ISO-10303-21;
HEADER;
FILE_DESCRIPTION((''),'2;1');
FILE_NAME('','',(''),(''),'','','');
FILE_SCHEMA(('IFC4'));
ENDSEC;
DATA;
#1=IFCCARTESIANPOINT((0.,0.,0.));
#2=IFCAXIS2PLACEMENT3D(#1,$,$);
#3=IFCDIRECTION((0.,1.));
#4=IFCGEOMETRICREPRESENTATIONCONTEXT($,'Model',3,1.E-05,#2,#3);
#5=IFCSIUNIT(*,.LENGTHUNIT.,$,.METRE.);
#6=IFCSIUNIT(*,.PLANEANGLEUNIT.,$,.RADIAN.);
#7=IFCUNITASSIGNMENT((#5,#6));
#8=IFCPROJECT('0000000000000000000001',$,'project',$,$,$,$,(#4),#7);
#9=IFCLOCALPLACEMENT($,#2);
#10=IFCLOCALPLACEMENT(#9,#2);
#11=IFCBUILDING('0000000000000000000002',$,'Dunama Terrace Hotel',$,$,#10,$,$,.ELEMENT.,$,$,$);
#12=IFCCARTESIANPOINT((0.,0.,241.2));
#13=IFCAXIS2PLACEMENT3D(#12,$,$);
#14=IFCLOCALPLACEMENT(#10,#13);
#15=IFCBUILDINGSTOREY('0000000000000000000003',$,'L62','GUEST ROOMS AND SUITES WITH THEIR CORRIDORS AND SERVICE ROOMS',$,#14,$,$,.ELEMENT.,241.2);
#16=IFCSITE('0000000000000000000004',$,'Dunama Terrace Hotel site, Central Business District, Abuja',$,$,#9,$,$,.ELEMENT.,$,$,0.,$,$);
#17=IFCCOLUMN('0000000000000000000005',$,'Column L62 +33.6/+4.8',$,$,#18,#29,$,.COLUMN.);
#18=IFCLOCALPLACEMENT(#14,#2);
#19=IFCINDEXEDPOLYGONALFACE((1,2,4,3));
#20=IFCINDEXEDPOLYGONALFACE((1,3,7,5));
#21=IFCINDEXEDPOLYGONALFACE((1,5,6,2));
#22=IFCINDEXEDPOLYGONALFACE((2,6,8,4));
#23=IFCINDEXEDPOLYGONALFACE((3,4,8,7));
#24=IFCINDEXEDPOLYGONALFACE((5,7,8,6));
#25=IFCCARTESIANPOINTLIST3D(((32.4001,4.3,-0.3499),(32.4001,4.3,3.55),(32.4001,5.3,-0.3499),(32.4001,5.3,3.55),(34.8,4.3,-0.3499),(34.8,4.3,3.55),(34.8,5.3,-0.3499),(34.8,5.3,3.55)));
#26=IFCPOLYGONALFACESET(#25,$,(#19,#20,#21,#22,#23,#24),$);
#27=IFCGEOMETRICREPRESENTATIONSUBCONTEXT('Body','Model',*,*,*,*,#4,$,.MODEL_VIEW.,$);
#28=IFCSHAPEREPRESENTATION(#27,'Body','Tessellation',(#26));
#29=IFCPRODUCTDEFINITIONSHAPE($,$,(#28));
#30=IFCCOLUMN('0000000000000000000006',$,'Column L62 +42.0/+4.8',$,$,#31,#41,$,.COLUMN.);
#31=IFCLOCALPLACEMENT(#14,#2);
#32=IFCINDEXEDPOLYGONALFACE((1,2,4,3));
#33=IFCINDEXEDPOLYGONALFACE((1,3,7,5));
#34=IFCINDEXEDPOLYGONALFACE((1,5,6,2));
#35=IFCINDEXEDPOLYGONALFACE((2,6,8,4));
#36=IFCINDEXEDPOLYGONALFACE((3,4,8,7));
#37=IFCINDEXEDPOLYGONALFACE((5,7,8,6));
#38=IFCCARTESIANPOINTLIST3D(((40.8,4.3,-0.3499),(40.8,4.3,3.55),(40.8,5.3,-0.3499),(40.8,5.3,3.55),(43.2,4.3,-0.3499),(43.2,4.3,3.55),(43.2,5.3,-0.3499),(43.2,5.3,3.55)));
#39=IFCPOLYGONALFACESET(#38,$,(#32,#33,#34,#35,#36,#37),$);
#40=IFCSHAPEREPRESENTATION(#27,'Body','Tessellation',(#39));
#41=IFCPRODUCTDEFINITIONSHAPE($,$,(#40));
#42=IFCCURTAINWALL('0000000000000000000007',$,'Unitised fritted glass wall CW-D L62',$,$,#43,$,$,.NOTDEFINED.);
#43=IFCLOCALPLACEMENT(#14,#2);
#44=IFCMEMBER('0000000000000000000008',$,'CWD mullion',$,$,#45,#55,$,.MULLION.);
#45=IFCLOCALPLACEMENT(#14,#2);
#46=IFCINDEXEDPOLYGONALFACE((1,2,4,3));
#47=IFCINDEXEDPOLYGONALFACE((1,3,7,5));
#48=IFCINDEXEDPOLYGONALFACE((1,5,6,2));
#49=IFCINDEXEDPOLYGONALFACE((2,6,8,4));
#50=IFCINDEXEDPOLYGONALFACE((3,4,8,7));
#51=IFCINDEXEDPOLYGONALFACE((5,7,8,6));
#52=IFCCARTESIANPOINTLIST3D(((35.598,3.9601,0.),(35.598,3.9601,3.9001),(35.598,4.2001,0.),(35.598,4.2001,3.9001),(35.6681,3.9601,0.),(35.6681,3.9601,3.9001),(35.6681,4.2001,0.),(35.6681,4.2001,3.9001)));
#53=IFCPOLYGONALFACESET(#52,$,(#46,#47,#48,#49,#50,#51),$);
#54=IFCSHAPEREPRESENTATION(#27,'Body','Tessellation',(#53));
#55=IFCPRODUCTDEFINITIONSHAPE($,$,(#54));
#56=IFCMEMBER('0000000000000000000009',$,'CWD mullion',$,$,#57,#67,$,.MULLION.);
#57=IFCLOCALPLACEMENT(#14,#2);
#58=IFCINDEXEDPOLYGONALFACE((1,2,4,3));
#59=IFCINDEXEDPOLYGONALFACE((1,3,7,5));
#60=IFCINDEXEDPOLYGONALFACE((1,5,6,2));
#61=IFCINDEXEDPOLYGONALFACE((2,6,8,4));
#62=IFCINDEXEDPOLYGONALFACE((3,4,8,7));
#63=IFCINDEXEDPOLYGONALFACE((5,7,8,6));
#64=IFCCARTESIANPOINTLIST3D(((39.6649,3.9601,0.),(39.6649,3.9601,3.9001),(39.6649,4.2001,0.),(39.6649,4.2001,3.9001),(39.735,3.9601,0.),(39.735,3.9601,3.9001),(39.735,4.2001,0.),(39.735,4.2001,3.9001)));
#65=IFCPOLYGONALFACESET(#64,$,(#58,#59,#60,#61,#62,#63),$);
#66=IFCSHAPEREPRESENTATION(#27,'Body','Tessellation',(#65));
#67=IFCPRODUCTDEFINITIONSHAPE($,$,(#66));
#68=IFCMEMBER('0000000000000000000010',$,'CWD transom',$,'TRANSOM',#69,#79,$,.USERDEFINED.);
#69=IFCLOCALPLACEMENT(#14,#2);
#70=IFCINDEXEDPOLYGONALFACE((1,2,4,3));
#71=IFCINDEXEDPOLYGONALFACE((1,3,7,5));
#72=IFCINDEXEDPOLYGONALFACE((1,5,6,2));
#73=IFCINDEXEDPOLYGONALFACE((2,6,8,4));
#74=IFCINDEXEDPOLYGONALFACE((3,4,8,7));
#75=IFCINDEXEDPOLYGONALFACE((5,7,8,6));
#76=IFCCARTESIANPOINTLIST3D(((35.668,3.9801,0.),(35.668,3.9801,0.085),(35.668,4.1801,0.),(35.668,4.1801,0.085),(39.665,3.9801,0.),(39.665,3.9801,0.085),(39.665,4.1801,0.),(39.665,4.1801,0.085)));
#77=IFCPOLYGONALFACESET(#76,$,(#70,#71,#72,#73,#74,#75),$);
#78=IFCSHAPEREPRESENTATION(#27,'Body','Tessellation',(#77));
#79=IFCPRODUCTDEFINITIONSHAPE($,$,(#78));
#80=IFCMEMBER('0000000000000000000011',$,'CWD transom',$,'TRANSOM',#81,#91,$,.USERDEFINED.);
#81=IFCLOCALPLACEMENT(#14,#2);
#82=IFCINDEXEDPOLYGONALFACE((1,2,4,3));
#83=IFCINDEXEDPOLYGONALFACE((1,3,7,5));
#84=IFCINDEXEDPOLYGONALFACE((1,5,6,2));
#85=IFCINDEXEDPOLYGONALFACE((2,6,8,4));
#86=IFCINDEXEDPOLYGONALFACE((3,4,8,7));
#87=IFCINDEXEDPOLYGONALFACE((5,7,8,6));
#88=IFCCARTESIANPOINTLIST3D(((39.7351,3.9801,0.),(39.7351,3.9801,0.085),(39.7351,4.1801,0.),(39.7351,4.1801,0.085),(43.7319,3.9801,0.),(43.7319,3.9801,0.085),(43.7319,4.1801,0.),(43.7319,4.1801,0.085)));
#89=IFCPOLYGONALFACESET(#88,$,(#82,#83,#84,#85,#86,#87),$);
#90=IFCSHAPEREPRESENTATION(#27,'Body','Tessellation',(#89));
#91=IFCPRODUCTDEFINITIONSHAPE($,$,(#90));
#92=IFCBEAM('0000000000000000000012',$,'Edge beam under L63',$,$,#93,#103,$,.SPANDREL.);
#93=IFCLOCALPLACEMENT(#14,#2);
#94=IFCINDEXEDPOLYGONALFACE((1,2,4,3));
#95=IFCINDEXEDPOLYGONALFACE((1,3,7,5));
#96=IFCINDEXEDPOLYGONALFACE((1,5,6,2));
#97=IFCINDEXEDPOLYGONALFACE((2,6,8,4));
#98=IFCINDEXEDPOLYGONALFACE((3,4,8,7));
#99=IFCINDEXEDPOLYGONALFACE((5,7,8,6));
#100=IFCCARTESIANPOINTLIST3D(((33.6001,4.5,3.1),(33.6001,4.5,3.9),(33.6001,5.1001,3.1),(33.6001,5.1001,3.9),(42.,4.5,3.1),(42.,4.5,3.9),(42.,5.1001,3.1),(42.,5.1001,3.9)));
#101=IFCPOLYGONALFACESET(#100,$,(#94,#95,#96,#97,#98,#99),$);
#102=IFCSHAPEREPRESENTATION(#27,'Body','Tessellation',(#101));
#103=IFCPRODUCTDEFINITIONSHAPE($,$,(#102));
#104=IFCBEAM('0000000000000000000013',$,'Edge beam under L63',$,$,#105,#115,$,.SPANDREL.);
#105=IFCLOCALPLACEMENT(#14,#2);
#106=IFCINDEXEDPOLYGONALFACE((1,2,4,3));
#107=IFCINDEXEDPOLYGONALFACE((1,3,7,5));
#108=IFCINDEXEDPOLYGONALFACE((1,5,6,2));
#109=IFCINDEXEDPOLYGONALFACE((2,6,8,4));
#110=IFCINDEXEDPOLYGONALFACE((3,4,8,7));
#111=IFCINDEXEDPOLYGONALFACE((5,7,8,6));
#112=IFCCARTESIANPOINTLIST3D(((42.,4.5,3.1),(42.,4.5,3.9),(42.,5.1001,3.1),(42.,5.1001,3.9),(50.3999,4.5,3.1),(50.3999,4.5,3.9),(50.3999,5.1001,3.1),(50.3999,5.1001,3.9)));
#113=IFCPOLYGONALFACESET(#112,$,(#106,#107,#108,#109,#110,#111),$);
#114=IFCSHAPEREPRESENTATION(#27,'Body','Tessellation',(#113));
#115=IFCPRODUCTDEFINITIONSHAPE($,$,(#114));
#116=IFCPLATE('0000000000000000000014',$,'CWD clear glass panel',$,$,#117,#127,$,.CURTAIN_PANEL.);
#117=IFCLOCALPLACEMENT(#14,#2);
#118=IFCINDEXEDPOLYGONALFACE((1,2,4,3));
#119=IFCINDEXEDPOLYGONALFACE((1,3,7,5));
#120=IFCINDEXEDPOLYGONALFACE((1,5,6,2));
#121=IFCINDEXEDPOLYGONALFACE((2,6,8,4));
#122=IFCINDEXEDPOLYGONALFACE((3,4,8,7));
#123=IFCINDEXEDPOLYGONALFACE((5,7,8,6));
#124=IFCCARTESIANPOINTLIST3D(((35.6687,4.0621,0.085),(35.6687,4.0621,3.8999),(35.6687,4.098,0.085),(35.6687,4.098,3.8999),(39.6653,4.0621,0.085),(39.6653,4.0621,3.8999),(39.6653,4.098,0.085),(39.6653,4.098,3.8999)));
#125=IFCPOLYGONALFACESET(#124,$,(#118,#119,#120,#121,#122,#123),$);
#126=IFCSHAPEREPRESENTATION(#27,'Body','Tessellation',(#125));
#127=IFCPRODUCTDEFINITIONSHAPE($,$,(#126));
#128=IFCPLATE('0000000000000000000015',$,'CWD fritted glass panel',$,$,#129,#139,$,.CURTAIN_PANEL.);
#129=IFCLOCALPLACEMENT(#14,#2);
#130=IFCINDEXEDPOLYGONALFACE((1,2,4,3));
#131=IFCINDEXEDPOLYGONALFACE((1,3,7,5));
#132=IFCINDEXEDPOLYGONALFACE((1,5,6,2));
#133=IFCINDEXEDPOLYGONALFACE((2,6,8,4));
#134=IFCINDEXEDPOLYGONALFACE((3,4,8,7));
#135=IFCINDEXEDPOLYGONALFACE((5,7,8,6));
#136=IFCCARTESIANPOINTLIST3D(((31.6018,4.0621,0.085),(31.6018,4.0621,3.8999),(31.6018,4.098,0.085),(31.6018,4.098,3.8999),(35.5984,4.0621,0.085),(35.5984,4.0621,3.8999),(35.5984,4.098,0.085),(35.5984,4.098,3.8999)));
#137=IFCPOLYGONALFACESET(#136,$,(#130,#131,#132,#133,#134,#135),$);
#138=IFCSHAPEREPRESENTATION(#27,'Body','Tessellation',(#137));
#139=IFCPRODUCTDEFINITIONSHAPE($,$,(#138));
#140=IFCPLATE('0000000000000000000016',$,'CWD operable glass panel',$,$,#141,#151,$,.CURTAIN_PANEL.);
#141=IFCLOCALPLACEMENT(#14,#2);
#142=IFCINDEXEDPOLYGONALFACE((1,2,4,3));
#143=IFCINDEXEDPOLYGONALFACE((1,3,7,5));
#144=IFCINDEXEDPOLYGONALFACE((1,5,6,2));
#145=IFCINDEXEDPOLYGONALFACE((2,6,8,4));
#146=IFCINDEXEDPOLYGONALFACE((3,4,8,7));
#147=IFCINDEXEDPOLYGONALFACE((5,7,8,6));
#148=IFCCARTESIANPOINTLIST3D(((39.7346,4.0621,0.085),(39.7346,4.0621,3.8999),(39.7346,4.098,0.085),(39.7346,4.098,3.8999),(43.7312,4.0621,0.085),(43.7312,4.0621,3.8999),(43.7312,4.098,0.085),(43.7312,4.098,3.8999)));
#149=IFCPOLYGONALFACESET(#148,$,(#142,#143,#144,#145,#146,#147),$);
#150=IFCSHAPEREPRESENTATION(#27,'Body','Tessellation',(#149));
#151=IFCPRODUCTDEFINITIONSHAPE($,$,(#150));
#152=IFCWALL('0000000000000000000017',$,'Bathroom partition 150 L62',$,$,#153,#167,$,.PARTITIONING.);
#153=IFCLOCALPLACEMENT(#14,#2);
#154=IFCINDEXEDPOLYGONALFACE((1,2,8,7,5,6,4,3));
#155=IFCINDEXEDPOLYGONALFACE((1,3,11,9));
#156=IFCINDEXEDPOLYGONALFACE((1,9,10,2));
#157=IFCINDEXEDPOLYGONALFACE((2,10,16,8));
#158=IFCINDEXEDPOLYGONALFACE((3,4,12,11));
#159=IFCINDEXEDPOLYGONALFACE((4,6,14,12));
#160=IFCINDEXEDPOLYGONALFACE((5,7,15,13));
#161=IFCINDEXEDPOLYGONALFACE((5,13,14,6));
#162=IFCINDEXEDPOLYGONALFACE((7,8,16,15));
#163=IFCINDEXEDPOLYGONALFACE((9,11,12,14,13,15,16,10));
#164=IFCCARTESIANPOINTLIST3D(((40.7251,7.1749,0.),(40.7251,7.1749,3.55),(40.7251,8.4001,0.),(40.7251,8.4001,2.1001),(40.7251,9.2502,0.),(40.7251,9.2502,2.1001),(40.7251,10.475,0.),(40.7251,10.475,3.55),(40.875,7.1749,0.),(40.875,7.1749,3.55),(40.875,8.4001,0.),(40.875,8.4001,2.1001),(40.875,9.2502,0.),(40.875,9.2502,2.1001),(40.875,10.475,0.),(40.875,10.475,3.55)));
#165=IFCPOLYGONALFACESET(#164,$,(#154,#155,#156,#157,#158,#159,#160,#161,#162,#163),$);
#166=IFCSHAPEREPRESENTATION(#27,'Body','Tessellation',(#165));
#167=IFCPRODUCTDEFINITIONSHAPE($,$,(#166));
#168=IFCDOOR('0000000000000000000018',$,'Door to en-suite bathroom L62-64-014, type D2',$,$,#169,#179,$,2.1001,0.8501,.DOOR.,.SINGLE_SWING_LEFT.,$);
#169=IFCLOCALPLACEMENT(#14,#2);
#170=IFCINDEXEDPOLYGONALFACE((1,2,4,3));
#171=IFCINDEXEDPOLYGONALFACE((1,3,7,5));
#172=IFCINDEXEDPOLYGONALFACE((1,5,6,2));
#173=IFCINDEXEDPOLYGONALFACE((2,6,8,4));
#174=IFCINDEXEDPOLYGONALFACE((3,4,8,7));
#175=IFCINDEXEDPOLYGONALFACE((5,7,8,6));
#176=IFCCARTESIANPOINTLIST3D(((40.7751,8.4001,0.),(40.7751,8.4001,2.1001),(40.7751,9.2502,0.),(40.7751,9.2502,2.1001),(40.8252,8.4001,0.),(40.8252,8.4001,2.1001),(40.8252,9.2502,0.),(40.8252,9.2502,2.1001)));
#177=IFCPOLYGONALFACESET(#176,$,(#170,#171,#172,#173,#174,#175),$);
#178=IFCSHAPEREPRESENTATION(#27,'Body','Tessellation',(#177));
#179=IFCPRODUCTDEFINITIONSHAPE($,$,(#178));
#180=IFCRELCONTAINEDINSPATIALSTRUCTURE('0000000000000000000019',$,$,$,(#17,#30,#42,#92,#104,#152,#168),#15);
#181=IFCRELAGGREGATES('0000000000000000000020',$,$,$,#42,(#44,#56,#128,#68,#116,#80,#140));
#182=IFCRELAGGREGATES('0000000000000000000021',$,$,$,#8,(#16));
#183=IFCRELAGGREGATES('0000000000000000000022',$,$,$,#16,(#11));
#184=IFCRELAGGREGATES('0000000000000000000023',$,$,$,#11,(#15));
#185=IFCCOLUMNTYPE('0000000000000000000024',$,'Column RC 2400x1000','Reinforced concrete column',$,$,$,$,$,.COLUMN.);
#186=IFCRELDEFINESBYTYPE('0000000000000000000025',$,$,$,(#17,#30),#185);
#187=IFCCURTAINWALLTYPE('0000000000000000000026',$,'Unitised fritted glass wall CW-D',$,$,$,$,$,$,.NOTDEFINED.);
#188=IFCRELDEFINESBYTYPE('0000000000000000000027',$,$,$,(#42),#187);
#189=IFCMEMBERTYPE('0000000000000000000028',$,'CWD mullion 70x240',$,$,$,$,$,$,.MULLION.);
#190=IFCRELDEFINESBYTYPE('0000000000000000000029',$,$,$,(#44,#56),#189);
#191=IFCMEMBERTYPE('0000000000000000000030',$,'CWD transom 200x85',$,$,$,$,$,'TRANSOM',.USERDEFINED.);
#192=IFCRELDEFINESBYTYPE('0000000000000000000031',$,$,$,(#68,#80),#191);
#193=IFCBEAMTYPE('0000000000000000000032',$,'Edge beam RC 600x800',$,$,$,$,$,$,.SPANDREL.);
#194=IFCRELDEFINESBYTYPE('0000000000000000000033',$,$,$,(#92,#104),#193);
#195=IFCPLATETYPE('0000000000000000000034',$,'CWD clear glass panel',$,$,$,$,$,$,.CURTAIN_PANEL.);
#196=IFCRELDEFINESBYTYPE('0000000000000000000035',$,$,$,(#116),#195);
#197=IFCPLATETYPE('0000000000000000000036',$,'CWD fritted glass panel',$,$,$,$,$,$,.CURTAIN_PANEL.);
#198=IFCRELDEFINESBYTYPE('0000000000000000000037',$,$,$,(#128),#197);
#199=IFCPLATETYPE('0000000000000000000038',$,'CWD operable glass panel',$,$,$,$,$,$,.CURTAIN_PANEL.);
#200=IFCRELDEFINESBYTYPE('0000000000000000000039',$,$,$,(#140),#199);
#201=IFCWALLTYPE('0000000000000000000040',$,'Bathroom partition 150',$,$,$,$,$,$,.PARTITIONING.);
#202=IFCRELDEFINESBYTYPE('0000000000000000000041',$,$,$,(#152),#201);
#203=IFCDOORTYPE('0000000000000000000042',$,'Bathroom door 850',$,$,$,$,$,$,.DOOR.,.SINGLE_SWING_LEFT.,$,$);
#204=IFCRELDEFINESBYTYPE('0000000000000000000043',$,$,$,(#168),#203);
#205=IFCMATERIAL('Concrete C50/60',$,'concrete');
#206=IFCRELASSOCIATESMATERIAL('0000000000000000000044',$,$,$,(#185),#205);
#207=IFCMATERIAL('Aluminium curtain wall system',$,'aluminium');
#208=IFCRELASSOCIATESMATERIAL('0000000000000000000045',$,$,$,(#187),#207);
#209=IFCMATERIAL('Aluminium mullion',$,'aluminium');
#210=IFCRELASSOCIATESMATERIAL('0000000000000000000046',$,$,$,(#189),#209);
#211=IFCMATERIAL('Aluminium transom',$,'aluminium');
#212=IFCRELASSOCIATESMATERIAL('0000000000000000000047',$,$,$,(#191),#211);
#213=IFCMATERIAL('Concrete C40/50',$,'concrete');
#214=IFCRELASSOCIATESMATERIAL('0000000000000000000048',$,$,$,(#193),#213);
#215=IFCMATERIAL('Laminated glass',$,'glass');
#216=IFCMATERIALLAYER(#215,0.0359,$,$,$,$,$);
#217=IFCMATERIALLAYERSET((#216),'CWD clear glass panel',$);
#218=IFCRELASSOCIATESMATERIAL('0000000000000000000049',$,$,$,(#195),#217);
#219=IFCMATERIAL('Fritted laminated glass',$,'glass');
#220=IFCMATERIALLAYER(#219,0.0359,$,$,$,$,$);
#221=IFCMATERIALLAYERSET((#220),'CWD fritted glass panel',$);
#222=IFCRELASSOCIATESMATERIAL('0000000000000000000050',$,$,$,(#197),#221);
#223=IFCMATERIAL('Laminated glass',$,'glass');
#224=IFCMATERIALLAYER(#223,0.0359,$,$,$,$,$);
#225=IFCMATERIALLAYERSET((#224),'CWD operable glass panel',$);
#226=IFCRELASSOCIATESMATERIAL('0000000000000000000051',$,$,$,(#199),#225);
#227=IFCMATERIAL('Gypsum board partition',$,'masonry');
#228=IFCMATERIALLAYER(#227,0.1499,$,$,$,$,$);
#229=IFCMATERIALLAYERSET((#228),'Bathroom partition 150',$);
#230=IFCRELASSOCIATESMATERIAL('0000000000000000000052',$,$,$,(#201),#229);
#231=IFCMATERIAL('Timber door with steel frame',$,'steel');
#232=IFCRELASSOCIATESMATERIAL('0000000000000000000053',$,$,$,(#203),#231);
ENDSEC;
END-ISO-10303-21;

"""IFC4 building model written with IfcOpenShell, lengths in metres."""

from ifc_helpers import new_model, si_unit, direction, frame, frame_2d, origin, origin_2d, place, context, subcontext, project, spatial, rectangle, extrude, material, layer, layer_set, material_profile, profile_set, type_object, element, fill, aggregate, save


model = new_model("IFC4")

# Units and contexts
model_context = context("Model", 3, precision=1e-05, world=origin(), true_north=direction((0.0, 1.0)))
body_context = subcontext(model_context, "Body", "Model", "MODEL_VIEW")
ifc_project = project(units=[si_unit("LENGTHUNIT", "METRE"), si_unit("PLANEANGLEUNIT", "RADIAN")], contexts=[model_context])

# Site, building, storey
site_placement = place(None, origin())
site = spatial("IfcSite", under=ifc_project, at=site_placement, Name="Dunama Terrace Hotel site, Central Business District, Abuja", CompositionType="ELEMENT", RefElevation=0.0)
building_placement = place(site_placement, origin())
building = spatial("IfcBuilding", under=site, at=building_placement, Name="Dunama Terrace Hotel", CompositionType="ELEMENT")
storey_placement = place(building_placement, frame((0.0, 0.0, 241.2)))
storey = spatial("IfcBuildingStorey", under=building, at=storey_placement, Name="L62", Description="GUEST ROOMS AND SUITES WITH THEIR CORRIDORS AND SERVICE ROOMS", CompositionType="ELEMENT", Elevation=241.2)

# Columns
ifc_material_1 = material(Name="Concrete C50/60", Category="concrete")
ifc_material_profile_1 = material_profile(ifc_material_1, rectangle(XDim=2.3999, YDim=1.0, at=origin_2d()), Name="RC 2400x1000")
ifc_profile_set_1 = profile_set([ifc_material_profile_1], Name="Concrete C50/60")
column_type = type_object("IfcColumnType", Name="Column RC 2400x1000", Description="Reinforced concrete column", PredefinedType="COLUMN", material=ifc_profile_set_1)
for number, where, z_axis, x_axis, name in (
    (1, (33.6001, 4.8, -0.3499), (0.0, 0.0, 1.0), (1.0, 0.0, 0.0), "Column L62 +33.6/+4.8"),
    (2, (42.0, 4.8, -0.3499), (0.0, 0.0, 1.0), (1.0, 0.0, 0.0), "Column L62 +42.0/+4.8"),
):
    element("IfcColumn", number, at=place(storey_placement, frame(where, z_axis=z_axis, x_axis=x_axis)), inside=storey, type_object=column_type, Name=name, PredefinedType="COLUMN", context=body_context, shape_type="SweptSolid", body=[
        extrude(rectangle(XDim=2.3999, YDim=1.0, at=origin_2d()), origin(), (0.0, 0.0, 1.0), 3.8999),
    ])

# Curtain wall, members
ifc_material_2 = material(Name="Aluminium curtain wall system", Category="aluminium")
curtain_wall_type = type_object("IfcCurtainWallType", Name="Unitised fritted glass wall CW-D", PredefinedType="NOTDEFINED", material=ifc_material_2)
curtain_wall_placement = place(storey_placement, origin())
curtain_wall = element("IfcCurtainWall", 3, at=curtain_wall_placement, inside=storey, type_object=curtain_wall_type, Name="Unitised fritted glass wall CW-D L62", PredefinedType="NOTDEFINED")
ifc_material_3 = material(Name="Aluminium mullion", Category="aluminium")
ifc_material_profile_2 = material_profile(ifc_material_3, rectangle(XDim=0.0701, YDim=0.24, at=origin_2d()), Name="CWD MULLION 70X240")
ifc_profile_set_2 = profile_set([ifc_material_profile_2], Name="Aluminium mullion")
member_type_1 = type_object("IfcMemberType", Name="CWD mullion 70x240", PredefinedType="MULLION", material=ifc_profile_set_2)
member_1_placement = place(storey_placement, frame((35.6331, 4.0801, 0.0), z_axis=(0.0, 0.0, 1.0), x_axis=(1.0, 0.0, 0.0)))
member_1 = element("IfcMember", 4, at=member_1_placement, type_object=member_type_1, Name="CWD mullion", PredefinedType="MULLION", context=body_context, shape_type="SweptSolid", body=[
    extrude(rectangle(XDim=0.0701, YDim=0.24, at=origin_2d()), origin(), (0.0, 0.0, 1.0), 3.9001),
])
member_2_placement = place(storey_placement, frame((39.7, 4.0801, 0.0), z_axis=(0.0, 0.0, 1.0), x_axis=(1.0, 0.0, 0.0)))
member_2 = element("IfcMember", 5, at=member_2_placement, type_object=member_type_1, Name="CWD mullion", PredefinedType="MULLION", context=body_context, shape_type="SweptSolid", body=[
    extrude(rectangle(XDim=0.0701, YDim=0.24, at=origin_2d()), origin(), (0.0, 0.0, 1.0), 3.9001),
])
ifc_material_4 = material(Name="Aluminium transom", Category="aluminium")
ifc_material_profile_3 = material_profile(ifc_material_4, rectangle(XDim=0.2, YDim=0.085, at=origin_2d()), Name="CWD TRANSOM 200X85")
ifc_profile_set_3 = profile_set([ifc_material_profile_3], Name="Aluminium transom")
member_type_2 = type_object("IfcMemberType", Name="CWD transom 200x85", ElementType="TRANSOM", PredefinedType="USERDEFINED", material=ifc_profile_set_3)
member_3_placement = place(storey_placement, frame((35.668, 4.0801, 0.0425), z_axis=(1.0, 0.0, 0.0), x_axis=(0.0, 1.0, 0.0)))
member_3 = element("IfcMember", 6, at=member_3_placement, type_object=member_type_2, Name="CWD transom", ObjectType="TRANSOM", PredefinedType="USERDEFINED", context=body_context, shape_type="SweptSolid", body=[
    extrude(rectangle(XDim=0.2, YDim=0.085, at=origin_2d()), origin(), (0.0, 0.0, 1.0), 3.9971),
])
member_4_placement = place(storey_placement, frame((39.7351, 4.0801, 0.0425), z_axis=(1.0, 0.0, 0.0), x_axis=(0.0, 1.0, 0.0)))
member_4 = element("IfcMember", 7, at=member_4_placement, type_object=member_type_2, Name="CWD transom", ObjectType="TRANSOM", PredefinedType="USERDEFINED", context=body_context, shape_type="SweptSolid", body=[
    extrude(rectangle(XDim=0.2, YDim=0.085, at=origin_2d()), origin(), (0.0, 0.0, 1.0), 3.9968),
])

# Beams
ifc_material_5 = material(Name="Concrete C40/50", Category="concrete")
ifc_material_profile_4 = material_profile(ifc_material_5, rectangle(XDim=0.6001, YDim=0.8, at=origin_2d()), Name="RC 600x800")
ifc_profile_set_4 = profile_set([ifc_material_profile_4], Name="Concrete C40/50")
beam_type = type_object("IfcBeamType", Name="Edge beam RC 600x800", PredefinedType="SPANDREL", material=ifc_profile_set_4)
for number, where, z_axis, x_axis, name in (
    (8, (33.6001, 4.8, 3.5), (1.0, 0.0, 0.0), (0.0, 1.0, 0.0), "Edge beam under L63"),
    (9, (42.0, 4.8, 3.5), (1.0, 0.0, 0.0), (0.0, 1.0, 0.0), "Edge beam under L63"),
):
    element("IfcBeam", number, at=place(storey_placement, frame(where, z_axis=z_axis, x_axis=x_axis)), inside=storey, type_object=beam_type, Name=name, PredefinedType="SPANDREL", context=body_context, shape_type="SweptSolid", body=[
        extrude(rectangle(XDim=0.6001, YDim=0.8, at=origin_2d()), origin(), (0.0, 0.0, 1.0), 8.3999),
    ])

# Plates
ifc_material_6 = material(Name="Laminated glass", Category="glass")
ifc_layer_1 = layer(ifc_material_6, 0.0359)
ifc_layer_set_1 = layer_set([ifc_layer_1], Name="CWD clear glass panel")
plate_type_1 = type_object("IfcPlateType", Name="CWD clear glass panel", PredefinedType="CURTAIN_PANEL", material=ifc_layer_set_1)
plate_1_placement = place(storey_placement, frame((37.667, 4.0801, 0.085), z_axis=(0.0, 0.0, 1.0), x_axis=(1.0, 0.0, 0.0)))
plate_1 = element("IfcPlate", 10, at=plate_1_placement, type_object=plate_type_1, Name="CWD clear glass panel", PredefinedType="CURTAIN_PANEL", context=body_context, shape_type="SweptSolid", body=[
    extrude(rectangle(XDim=3.9966, YDim=0.0359, at=origin_2d()), origin(), (0.0, 0.0, 1.0), 3.8149),
])
ifc_material_7 = material(Name="Fritted laminated glass", Category="glass")
ifc_layer_2 = layer(ifc_material_7, 0.0359)
ifc_layer_set_2 = layer_set([ifc_layer_2], Name="CWD fritted glass panel")
plate_type_2 = type_object("IfcPlateType", Name="CWD fritted glass panel", PredefinedType="CURTAIN_PANEL", material=ifc_layer_set_2)
plate_2_placement = place(storey_placement, frame((33.6001, 4.0801, 0.085), z_axis=(0.0, 0.0, 1.0), x_axis=(1.0, 0.0, 0.0)))
plate_2 = element("IfcPlate", 11, at=plate_2_placement, type_object=plate_type_2, Name="CWD fritted glass panel", PredefinedType="CURTAIN_PANEL", context=body_context, shape_type="SweptSolid", body=[
    extrude(rectangle(XDim=3.9966, YDim=0.0359, at=origin_2d()), origin(), (0.0, 0.0, 1.0), 3.8149),
])
ifc_material_8 = material(Name="Laminated glass", Category="glass")
ifc_layer_3 = layer(ifc_material_8, 0.0359)
ifc_layer_set_3 = layer_set([ifc_layer_3], Name="CWD operable glass panel")
plate_type_3 = type_object("IfcPlateType", Name="CWD operable glass panel", PredefinedType="CURTAIN_PANEL", material=ifc_layer_set_3)
plate_3_placement = place(storey_placement, frame((41.7329, 4.0801, 0.085), z_axis=(0.0, 0.0, 1.0), x_axis=(1.0, 0.0, 0.0)))
plate_3 = element("IfcPlate", 12, at=plate_3_placement, type_object=plate_type_3, Name="CWD operable glass panel", PredefinedType="CURTAIN_PANEL", context=body_context, shape_type="SweptSolid", body=[
    extrude(rectangle(XDim=3.9966, YDim=0.0359, at=origin_2d()), origin(), (0.0, 0.0, 1.0), 3.8149),
])
aggregate(curtain_wall, [member_1, member_2, plate_2, member_3, plate_1, member_4, plate_3])

# Wall, opening, door
ifc_material_9 = material(Name="Gypsum board partition", Category="masonry")
ifc_layer_4 = layer(ifc_material_9, 0.1499)
ifc_layer_set_4 = layer_set([ifc_layer_4], Name="Bathroom partition 150")
wall_type_1 = type_object("IfcWallType", Name="Bathroom partition 150", PredefinedType="PARTITIONING", material=ifc_layer_set_4)
wall_1_placement = place(storey_placement, frame((40.8, 7.175, 0.0), z_axis=(0.0, 0.0, 1.0), x_axis=(0.0, 1.0, 0.0)))
wall_1 = element("IfcWall", 13, at=wall_1_placement, inside=storey, type_object=wall_type_1, Name="Bathroom partition 150 L62", PredefinedType="PARTITIONING", context=body_context, shape_type="SweptSolid", body=[
    extrude(rectangle(XDim=3.3, YDim=0.1499, at=frame_2d((1.6499, 0.0))), origin(), (0.0, 0.0, 1.0), 3.55),
])
opening_1_placement = place(wall_1_placement, frame((1.2251, 0.0, 0.0)))
opening_1 = element("IfcOpeningElement", 14, at=opening_1_placement, cuts=wall_1, PredefinedType="OPENING", context=body_context, shape_type="SweptSolid", body=[
    extrude(rectangle(XDim=0.8501, YDim=2.1001, at=frame_2d((0.425, 1.05))), frame((0.0, 0.085, 0.0), z_axis=(0.0, -1.0, 0.0), x_axis=(1.0, 0.0, 0.0)), (0.0, 0.0, 1.0), 0.1699),
])
ifc_material_10 = material(Name="Timber door with steel frame", Category="steel")
door_type_1 = type_object("IfcDoorType", Name="Bathroom door 850", OperationType="SINGLE_SWING_LEFT", PredefinedType="DOOR", material=ifc_material_10)
door_1_placement = place(opening_1_placement, origin())
door_1 = element("IfcDoor", 15, at=door_1_placement, inside=storey, type_object=door_type_1, Name="Door to en-suite bathroom L62-64-014, type D2", OperationType="SINGLE_SWING_LEFT", OverallHeight=2.1001, OverallWidth=0.8501, PredefinedType="DOOR", context=body_context, shape_type="SweptSolid", body=[
    extrude(rectangle(XDim=0.8501, YDim=2.1001, at=frame_2d((0.425, 1.05))), frame((0.0, 0.0249, 0.0), z_axis=(0.0, -1.0, 0.0), x_axis=(1.0, 0.0, 0.0)), (0.0, 0.0, 1.0), 0.05),
])
fill(opening_1, door_1)

save(model, "model.ifc")
